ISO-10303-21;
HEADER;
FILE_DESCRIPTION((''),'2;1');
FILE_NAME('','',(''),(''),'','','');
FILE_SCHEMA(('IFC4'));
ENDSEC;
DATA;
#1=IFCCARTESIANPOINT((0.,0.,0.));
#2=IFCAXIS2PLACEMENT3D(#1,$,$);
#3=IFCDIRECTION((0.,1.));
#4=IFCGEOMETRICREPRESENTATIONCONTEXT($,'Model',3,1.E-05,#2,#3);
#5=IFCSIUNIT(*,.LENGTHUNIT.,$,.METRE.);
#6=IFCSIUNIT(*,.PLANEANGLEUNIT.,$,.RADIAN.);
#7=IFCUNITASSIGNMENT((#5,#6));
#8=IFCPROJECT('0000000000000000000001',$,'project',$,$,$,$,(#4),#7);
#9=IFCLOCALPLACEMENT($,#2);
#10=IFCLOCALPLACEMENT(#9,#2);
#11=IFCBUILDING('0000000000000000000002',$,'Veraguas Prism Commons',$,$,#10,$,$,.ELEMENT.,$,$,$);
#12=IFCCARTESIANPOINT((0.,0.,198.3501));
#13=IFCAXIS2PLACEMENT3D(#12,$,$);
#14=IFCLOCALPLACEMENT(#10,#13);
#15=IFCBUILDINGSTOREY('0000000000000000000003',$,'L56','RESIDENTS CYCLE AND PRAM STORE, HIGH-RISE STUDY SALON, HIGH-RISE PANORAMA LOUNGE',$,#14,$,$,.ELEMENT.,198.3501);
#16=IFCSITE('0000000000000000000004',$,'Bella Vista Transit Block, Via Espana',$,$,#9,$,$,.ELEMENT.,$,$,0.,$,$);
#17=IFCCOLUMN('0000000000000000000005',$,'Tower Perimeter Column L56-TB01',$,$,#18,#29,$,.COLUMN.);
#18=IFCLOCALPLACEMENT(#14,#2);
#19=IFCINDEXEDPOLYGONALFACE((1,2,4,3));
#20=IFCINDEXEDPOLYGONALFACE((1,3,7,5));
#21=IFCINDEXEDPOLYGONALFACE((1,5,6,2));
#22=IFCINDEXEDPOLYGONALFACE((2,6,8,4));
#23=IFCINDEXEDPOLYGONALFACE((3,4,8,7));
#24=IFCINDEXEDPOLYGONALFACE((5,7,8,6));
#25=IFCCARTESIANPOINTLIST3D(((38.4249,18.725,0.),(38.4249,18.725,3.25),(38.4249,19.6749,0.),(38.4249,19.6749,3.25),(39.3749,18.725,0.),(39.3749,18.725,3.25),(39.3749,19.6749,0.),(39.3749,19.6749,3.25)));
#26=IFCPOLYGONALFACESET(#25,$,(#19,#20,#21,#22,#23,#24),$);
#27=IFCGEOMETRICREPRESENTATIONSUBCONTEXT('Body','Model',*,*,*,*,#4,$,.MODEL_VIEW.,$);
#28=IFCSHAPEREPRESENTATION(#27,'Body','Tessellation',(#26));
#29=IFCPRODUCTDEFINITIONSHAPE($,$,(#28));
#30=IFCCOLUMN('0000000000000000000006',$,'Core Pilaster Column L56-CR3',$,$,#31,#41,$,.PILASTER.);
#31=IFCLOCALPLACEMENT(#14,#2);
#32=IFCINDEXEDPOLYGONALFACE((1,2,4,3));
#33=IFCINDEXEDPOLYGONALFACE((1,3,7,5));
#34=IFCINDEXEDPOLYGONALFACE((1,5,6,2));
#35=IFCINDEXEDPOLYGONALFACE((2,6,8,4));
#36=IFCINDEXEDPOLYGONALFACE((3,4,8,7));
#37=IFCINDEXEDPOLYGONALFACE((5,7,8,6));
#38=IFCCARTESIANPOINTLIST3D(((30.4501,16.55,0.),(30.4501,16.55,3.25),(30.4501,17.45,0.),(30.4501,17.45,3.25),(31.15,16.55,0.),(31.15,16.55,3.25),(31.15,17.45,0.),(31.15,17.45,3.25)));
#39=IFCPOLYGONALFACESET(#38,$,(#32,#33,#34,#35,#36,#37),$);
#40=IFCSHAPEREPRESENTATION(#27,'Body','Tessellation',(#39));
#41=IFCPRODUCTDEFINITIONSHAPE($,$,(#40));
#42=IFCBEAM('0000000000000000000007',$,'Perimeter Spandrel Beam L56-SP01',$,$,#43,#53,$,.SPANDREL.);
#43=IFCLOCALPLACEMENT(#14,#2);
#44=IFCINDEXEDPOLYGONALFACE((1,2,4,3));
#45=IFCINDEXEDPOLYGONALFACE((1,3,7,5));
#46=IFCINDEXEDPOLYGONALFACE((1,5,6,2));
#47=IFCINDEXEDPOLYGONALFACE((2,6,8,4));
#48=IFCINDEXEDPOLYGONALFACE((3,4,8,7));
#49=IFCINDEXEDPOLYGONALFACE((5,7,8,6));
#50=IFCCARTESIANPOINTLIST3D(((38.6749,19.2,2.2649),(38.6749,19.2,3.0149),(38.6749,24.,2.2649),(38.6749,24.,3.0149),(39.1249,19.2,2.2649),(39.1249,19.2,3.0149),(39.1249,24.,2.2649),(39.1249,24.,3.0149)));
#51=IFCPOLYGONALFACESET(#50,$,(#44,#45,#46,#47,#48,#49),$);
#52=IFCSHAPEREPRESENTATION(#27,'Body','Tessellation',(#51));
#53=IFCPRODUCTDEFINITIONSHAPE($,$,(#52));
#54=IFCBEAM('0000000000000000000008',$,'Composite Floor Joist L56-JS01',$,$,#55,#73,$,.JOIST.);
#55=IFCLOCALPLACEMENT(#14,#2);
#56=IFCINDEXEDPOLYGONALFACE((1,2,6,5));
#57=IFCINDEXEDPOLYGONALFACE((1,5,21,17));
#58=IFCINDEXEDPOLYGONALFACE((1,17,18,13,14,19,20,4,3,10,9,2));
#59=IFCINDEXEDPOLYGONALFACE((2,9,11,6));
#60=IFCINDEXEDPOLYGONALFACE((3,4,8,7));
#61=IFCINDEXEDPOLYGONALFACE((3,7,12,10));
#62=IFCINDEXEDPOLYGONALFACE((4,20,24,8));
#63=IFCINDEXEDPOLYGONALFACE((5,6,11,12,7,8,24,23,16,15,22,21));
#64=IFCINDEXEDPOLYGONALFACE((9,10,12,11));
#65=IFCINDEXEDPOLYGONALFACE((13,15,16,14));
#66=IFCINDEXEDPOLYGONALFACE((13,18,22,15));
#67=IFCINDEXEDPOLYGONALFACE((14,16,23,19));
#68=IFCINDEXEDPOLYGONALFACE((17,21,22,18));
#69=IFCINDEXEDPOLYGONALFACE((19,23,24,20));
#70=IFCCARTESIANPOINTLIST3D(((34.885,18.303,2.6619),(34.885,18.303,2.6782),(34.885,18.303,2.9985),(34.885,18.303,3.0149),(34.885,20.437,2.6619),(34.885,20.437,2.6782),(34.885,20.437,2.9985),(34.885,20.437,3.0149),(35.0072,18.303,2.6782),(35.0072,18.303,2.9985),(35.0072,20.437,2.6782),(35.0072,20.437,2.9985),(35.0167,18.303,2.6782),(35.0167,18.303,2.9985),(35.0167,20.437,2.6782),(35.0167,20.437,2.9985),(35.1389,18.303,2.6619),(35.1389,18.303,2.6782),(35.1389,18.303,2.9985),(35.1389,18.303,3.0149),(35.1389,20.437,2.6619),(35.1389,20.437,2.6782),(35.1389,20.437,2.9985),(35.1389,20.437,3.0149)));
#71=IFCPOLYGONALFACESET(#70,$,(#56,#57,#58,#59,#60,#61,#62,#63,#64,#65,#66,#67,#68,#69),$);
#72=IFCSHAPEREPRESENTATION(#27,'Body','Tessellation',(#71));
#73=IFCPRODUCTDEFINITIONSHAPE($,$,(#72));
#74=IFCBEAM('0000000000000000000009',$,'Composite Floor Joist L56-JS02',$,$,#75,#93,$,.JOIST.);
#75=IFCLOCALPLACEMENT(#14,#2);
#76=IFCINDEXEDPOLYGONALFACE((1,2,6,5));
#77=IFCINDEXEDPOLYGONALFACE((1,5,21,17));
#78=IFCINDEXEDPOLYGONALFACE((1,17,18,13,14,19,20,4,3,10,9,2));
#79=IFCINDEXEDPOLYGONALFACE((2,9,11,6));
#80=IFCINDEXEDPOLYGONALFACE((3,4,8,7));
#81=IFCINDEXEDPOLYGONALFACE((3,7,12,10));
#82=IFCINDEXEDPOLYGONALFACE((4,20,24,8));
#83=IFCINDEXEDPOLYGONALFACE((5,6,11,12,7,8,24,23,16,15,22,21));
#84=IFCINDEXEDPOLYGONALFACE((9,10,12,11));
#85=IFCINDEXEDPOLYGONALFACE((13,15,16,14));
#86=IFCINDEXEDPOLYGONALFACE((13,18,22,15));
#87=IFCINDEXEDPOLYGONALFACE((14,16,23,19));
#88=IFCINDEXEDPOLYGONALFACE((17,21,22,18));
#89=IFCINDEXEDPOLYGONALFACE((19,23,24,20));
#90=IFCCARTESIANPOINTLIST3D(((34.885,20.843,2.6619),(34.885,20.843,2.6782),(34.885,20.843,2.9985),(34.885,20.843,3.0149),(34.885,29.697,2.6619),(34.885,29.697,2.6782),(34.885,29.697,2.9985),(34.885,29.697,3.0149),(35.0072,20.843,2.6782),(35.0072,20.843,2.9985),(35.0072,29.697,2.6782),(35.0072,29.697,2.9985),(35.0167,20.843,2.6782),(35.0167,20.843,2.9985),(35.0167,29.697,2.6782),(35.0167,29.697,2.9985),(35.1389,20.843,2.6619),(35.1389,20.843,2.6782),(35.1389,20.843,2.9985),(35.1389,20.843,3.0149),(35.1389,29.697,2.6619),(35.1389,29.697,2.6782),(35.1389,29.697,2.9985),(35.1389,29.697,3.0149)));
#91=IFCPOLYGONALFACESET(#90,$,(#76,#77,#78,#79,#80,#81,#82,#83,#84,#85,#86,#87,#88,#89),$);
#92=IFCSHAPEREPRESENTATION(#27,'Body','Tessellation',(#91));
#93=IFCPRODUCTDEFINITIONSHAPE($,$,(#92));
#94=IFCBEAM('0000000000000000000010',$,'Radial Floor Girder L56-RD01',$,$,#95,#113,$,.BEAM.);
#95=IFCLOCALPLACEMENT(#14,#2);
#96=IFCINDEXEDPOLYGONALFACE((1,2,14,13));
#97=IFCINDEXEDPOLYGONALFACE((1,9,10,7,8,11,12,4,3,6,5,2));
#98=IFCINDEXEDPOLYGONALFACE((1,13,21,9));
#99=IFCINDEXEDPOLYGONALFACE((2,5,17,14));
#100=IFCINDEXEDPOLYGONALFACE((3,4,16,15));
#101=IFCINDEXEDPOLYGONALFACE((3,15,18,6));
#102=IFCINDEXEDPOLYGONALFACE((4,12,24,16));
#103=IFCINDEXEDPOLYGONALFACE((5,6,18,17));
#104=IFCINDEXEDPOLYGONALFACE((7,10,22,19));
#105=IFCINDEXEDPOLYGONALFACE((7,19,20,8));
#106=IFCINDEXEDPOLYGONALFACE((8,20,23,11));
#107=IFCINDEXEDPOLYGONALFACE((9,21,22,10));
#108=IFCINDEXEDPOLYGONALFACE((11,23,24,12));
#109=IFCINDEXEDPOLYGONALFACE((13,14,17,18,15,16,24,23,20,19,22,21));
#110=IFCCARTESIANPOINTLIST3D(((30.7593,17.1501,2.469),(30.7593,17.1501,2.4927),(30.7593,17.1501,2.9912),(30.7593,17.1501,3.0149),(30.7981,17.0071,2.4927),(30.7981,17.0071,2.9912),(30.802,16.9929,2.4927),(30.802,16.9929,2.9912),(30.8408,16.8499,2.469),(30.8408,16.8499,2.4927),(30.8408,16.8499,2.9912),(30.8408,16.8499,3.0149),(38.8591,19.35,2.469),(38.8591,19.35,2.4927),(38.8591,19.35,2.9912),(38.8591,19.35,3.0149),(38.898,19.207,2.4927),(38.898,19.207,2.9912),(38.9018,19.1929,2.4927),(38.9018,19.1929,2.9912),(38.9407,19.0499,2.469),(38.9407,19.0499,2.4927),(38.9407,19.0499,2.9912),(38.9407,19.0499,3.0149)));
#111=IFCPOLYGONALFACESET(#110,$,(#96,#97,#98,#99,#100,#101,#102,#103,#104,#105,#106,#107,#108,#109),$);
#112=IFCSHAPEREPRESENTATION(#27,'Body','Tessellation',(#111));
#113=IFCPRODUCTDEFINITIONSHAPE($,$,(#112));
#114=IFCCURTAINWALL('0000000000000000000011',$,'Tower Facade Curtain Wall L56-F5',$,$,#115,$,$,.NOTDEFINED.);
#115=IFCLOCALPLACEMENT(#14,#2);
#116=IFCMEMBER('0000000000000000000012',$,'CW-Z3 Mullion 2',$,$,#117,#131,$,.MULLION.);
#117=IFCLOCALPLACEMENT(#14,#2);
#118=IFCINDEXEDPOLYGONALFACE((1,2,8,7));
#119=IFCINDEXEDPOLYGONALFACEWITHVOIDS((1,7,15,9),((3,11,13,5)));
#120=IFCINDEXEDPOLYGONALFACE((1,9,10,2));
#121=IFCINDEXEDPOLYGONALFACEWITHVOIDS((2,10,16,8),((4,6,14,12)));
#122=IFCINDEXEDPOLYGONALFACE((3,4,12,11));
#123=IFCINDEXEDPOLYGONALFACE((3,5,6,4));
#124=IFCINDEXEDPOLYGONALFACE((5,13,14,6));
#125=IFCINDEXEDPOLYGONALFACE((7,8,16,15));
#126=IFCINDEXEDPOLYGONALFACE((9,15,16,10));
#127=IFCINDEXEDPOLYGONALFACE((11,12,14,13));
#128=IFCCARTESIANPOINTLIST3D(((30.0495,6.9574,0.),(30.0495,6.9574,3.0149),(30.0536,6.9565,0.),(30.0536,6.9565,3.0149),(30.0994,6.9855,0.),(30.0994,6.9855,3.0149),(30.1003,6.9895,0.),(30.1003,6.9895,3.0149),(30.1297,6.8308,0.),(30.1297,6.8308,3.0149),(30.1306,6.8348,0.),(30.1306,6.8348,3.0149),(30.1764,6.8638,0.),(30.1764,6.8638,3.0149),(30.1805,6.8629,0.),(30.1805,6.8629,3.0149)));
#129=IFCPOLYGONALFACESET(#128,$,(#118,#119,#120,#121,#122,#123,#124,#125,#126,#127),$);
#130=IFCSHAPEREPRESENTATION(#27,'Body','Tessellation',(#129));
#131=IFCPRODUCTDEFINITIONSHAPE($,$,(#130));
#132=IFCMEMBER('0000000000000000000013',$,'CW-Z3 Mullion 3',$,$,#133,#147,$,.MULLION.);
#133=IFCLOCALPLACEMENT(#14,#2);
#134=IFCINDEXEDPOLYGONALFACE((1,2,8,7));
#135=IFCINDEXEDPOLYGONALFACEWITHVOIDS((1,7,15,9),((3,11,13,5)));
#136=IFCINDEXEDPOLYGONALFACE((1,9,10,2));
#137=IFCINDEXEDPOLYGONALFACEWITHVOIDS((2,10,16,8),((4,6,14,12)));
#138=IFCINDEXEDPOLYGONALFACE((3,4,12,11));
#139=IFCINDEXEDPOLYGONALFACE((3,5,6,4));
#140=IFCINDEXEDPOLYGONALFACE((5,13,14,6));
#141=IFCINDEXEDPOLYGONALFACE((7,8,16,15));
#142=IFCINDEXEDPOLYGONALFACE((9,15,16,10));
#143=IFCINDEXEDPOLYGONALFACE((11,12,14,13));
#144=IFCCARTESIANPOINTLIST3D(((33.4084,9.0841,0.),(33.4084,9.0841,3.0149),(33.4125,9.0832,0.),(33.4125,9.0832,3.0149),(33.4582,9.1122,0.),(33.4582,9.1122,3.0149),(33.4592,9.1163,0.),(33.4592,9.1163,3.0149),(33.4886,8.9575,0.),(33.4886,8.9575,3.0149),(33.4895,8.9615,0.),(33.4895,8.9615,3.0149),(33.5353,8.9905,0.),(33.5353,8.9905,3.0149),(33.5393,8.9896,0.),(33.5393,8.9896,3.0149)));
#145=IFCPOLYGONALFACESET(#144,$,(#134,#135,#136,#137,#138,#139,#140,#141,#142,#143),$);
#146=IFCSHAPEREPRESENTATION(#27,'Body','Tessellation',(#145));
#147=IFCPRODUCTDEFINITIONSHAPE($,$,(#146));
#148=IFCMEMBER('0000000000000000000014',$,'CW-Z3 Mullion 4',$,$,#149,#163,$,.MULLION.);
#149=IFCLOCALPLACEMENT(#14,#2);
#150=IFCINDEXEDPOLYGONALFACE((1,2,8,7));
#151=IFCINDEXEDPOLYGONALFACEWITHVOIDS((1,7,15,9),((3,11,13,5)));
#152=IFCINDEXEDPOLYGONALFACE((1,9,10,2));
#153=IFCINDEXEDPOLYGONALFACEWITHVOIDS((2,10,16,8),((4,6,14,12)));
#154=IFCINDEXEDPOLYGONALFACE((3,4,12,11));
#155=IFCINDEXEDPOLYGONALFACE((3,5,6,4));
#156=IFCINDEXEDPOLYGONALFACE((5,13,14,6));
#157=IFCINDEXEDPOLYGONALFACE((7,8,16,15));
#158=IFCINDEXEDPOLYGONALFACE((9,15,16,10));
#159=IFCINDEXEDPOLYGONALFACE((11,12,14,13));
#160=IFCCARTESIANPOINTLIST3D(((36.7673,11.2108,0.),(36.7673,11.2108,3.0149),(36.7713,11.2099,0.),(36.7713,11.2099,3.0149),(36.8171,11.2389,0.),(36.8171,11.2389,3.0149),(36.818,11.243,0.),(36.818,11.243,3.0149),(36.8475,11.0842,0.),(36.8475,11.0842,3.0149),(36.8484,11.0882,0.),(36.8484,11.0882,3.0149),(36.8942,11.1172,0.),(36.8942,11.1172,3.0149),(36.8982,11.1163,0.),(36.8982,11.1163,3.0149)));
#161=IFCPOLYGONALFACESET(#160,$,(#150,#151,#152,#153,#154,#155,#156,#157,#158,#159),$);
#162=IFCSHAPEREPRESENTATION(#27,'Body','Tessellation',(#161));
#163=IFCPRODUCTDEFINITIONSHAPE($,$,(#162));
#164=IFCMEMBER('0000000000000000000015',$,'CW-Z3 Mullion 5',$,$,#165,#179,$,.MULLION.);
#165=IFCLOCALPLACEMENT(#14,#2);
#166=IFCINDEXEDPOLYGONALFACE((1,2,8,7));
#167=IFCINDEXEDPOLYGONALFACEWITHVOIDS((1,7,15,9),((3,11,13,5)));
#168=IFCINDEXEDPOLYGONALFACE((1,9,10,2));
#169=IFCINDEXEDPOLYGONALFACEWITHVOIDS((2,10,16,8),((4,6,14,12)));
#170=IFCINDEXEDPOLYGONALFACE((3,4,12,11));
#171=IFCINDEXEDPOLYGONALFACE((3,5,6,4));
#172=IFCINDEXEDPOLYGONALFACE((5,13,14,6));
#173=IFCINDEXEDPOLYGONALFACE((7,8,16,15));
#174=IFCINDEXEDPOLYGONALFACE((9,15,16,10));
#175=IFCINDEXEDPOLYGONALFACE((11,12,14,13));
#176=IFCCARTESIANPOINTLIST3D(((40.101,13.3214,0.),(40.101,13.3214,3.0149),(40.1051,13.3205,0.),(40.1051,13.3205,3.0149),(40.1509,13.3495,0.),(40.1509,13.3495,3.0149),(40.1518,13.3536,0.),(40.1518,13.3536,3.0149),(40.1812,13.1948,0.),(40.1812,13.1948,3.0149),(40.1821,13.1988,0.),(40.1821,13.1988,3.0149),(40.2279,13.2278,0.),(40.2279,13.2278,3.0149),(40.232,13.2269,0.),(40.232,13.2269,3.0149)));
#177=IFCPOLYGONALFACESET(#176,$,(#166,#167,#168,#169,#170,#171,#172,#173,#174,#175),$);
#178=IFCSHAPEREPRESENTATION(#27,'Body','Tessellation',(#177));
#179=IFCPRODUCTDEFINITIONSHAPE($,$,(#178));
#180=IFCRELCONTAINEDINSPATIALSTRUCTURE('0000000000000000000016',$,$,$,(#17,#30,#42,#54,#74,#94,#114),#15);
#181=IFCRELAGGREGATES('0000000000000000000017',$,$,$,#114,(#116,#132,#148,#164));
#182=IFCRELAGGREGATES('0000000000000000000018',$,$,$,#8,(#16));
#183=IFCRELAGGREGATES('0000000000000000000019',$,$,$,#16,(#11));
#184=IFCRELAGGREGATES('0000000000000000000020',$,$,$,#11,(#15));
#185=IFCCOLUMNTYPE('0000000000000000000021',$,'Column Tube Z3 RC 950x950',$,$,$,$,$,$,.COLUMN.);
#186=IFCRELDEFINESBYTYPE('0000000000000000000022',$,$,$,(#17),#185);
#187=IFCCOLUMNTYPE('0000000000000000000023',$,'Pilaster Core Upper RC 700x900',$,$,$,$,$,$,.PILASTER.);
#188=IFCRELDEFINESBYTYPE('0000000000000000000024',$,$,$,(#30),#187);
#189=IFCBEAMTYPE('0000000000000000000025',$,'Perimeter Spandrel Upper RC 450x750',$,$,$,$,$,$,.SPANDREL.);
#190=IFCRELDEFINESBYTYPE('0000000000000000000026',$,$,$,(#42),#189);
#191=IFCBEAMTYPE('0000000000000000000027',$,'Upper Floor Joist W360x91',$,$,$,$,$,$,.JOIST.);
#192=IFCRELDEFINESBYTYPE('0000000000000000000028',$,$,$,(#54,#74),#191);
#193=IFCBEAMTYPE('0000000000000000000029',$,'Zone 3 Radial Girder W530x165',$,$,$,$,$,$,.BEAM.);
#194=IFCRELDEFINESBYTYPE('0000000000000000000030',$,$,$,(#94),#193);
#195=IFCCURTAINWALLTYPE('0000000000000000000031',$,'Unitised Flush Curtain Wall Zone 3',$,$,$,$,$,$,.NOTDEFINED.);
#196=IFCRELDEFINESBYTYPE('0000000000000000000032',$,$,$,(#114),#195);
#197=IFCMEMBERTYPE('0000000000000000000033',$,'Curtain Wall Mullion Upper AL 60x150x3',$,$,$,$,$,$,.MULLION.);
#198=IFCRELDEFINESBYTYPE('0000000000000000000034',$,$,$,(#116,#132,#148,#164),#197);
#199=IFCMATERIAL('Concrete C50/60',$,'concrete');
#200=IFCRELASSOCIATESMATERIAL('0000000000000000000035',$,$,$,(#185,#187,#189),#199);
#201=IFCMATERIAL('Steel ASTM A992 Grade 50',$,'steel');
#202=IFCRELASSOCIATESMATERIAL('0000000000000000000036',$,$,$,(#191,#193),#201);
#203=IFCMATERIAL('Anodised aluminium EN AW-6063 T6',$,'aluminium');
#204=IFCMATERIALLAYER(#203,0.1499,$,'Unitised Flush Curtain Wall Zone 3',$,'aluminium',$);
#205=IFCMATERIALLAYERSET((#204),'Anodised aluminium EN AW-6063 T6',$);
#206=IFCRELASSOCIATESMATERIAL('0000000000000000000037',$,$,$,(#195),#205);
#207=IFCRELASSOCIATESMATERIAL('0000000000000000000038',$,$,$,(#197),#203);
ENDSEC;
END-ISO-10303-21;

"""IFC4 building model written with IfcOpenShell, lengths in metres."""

from ifc_helpers import new_model, si_unit, direction, frame, origin, origin_2d, place, context, subcontext, project, spatial, rectangle, hollow_rectangle, i_section, extrude, source, transform, mapped, material, layer, layer_set, material_profile, profile_set, type_object, element, aggregate, save


model = new_model("IFC4")

# Units and contexts
model_context = context("Model", 3, precision=1e-05, world=origin(), true_north=direction((0.0, 1.0)))
body_context = subcontext(model_context, "Body", "Model", "MODEL_VIEW")
ifc_project = project(units=[si_unit("LENGTHUNIT", "METRE"), si_unit("PLANEANGLEUNIT", "RADIAN")], contexts=[model_context])

# Site, building, storey
site_placement = place(None, origin())
site = spatial("IfcSite", under=ifc_project, at=site_placement, Name="Bella Vista Transit Block, Via Espana", CompositionType="ELEMENT", RefElevation=0.0)
building_placement = place(site_placement, origin())
building = spatial("IfcBuilding", under=site, at=building_placement, Name="Veraguas Prism Commons", CompositionType="ELEMENT")
storey_placement = place(building_placement, frame((0.0, 0.0, 198.3501)))
storey = spatial("IfcBuildingStorey", under=building, at=storey_placement, Name="L56", Description="RESIDENTS CYCLE AND PRAM STORE, HIGH-RISE STUDY SALON, HIGH-RISE PANORAMA LOUNGE", CompositionType="ELEMENT", Elevation=198.3501)

# Columns
ifc_material_1 = material(Name="Concrete C50/60", Category="concrete")
ifc_material_profile_1 = material_profile(ifc_material_1, rectangle(XDim=0.95, YDim=0.95, at=origin_2d()), Name="RC950X950")
ifc_profile_set_1 = profile_set([ifc_material_profile_1], Name="Concrete C50/60")
column_type_1 = type_object("IfcColumnType", Name="Column Tube Z3 RC 950x950", PredefinedType="COLUMN", material=ifc_profile_set_1)
column_1_placement = place(storey_placement, frame((38.8999, 19.2, 0.0), z_axis=(0.0, 0.0, 1.0), x_axis=(1.0, 0.0, 0.0)))
element("IfcColumn", 1, at=column_1_placement, inside=storey, type_object=column_type_1, Name="Tower Perimeter Column L56-TB01", PredefinedType="COLUMN", context=body_context, shape_type="SweptSolid", body=[
    extrude(rectangle(XDim=0.95, YDim=0.95, at=origin_2d()), origin(), (0.0, 0.0, 1.0), 3.25),
])
ifc_material_profile_2 = material_profile(ifc_material_1, rectangle(XDim=0.7, YDim=0.8999, at=origin_2d()), Name="RC700X900")
ifc_profile_set_2 = profile_set([ifc_material_profile_2], Name="Concrete C50/60")
column_type_2 = type_object("IfcColumnType", Name="Pilaster Core Upper RC 700x900", PredefinedType="PILASTER", material=ifc_profile_set_2)
column_2_placement = place(storey_placement, frame((30.8, 17.0, 0.0), z_axis=(0.0, 0.0, 1.0), x_axis=(1.0, 0.0, 0.0)))
element("IfcColumn", 2, at=column_2_placement, inside=storey, type_object=column_type_2, Name="Core Pilaster Column L56-CR3", PredefinedType="PILASTER", context=body_context, shape_type="SweptSolid", body=[
    extrude(rectangle(XDim=0.7, YDim=0.8999, at=origin_2d()), origin(), (0.0, 0.0, 1.0), 3.25),
])

# Beams
ifc_material_profile_3 = material_profile(ifc_material_1, rectangle(XDim=0.45, YDim=0.75, at=origin_2d()), Name="RC450X750")
ifc_profile_set_3 = profile_set([ifc_material_profile_3], Name="Concrete C50/60")
beam_type_1 = type_object("IfcBeamType", Name="Perimeter Spandrel Upper RC 450x750", PredefinedType="SPANDREL", material=ifc_profile_set_3)
beam_1_placement = place(storey_placement, frame((38.8999, 19.2, 2.6399), z_axis=(0.0, 1.0, 0.0), x_axis=(-1.0, 0.0, 0.0)))
element("IfcBeam", 3, at=beam_1_placement, inside=storey, type_object=beam_type_1, Name="Perimeter Spandrel Beam L56-SP01", PredefinedType="SPANDREL", context=body_context, shape_type="SweptSolid", body=[
    extrude(rectangle(XDim=0.45, YDim=0.75, at=origin_2d()), origin(), (0.0, 0.0, 1.0), 4.8),
])
ifc_material_2 = material(Name="Steel ASTM A992 Grade 50", Category="steel")
ifc_material_profile_4 = material_profile(ifc_material_2, i_section(OverallWidth=0.2539, OverallDepth=0.353, WebThickness=0.0095, FlangeThickness=0.0164, at=origin_2d()), Name="W360X91")
ifc_profile_set_4 = profile_set([ifc_material_profile_4], Name="Steel ASTM A992 Grade 50")
beam_type_2 = type_object("IfcBeamType", Name="Upper Floor Joist W360x91", PredefinedType="JOIST", material=ifc_profile_set_4)
beam_2_placement = place(storey_placement, frame((35.012, 18.303, 2.8384), z_axis=(0.0, 1.0, 0.0), x_axis=(-1.0, 0.0, 0.0)))
element("IfcBeam", 4, at=beam_2_placement, inside=storey, type_object=beam_type_2, Name="Composite Floor Joist L56-JS01", PredefinedType="JOIST", context=body_context, shape_type="SweptSolid", body=[
    extrude(i_section(OverallWidth=0.2539, OverallDepth=0.353, WebThickness=0.0095, FlangeThickness=0.0164, at=origin_2d()), origin(), (0.0, 0.0, 1.0), 2.134),
])
beam_3_placement = place(storey_placement, frame((35.012, 20.843, 2.8384), z_axis=(0.0, 1.0, 0.0), x_axis=(-1.0, 0.0, 0.0)))
element("IfcBeam", 5, at=beam_3_placement, inside=storey, type_object=beam_type_2, Name="Composite Floor Joist L56-JS02", PredefinedType="JOIST", context=body_context, shape_type="SweptSolid", body=[
    extrude(i_section(OverallWidth=0.2539, OverallDepth=0.353, WebThickness=0.0095, FlangeThickness=0.0164, at=origin_2d()), origin(), (0.0, 0.0, 1.0), 8.854),
])
ifc_material_profile_5 = material_profile(ifc_material_2, i_section(OverallWidth=0.311, OverallDepth=0.5459, WebThickness=0.0146, FlangeThickness=0.0237, at=origin_2d()), Name="W530X165")
ifc_profile_set_5 = profile_set([ifc_material_profile_5], Name="Steel ASTM A992 Grade 50")
beam_type_3 = type_object("IfcBeamType", Name="Zone 3 Radial Girder W530x165", PredefinedType="BEAM", material=ifc_profile_set_5)
beam_4_placement = place(storey_placement, frame((38.8999, 19.2, 2.7419), z_axis=(-0.965039, -0.262108, 0.0), x_axis=(0.262108, -0.965039, 0.0)))
element("IfcBeam", 6, at=beam_4_placement, inside=storey, type_object=beam_type_3, Name="Radial Floor Girder L56-RD01", PredefinedType="BEAM", context=body_context, shape_type="SweptSolid", body=[
    extrude(i_section(OverallWidth=0.311, OverallDepth=0.5459, WebThickness=0.0146, FlangeThickness=0.0237, at=origin_2d()), origin(), (0.0, 0.0, 1.0), 8.3933),
])

# Curtain wall, members
ifc_material_3 = material(Name="Anodised aluminium EN AW-6063 T6", Category="aluminium")
ifc_layer_1 = layer(ifc_material_3, 0.1499, Name="Unitised Flush Curtain Wall Zone 3", Category="aluminium")
ifc_layer_set_1 = layer_set([ifc_layer_1], Name="Anodised aluminium EN AW-6063 T6")
curtain_wall_type = type_object("IfcCurtainWallType", Name="Unitised Flush Curtain Wall Zone 3", PredefinedType="NOTDEFINED", material=ifc_layer_set_1)
curtain_wall_1_placement = place(storey_placement, origin())
curtain_wall_1 = element("IfcCurtainWall", 7, at=curtain_wall_1_placement, inside=storey, type_object=curtain_wall_type, Name="Tower Facade Curtain Wall L56-F5", PredefinedType="NOTDEFINED")
ifc_material_profile_6 = material_profile(ifc_material_3, hollow_rectangle(XDim=0.0601, YDim=0.1499, WallThickness=0.0029, at=origin_2d()), Name="AL60X150X3")
ifc_profile_set_6 = profile_set([ifc_material_profile_6], Name="Anodised aluminium EN AW-6063 T6")
member_type_1 = type_object("IfcMemberType", Name="Curtain Wall Mullion Upper AL 60x150x3", PredefinedType="MULLION", material=ifc_profile_set_6)
shared_shape_1 = source(origin(), body_context, "Body", "SweptSolid", [
    extrude(hollow_rectangle(XDim=0.0601, YDim=0.1499, WallThickness=0.0029, at=origin_2d()), origin(), (0.0, 0.0, 1.0), 3.0149),
])
member_1_placement = place(storey_placement, frame((30.115, 6.9102, 0.0), z_axis=(0.0, 0.0, 1.0), x_axis=(0.844887, 0.534945, 0.0)))
member_1 = element("IfcMember", 8, at=member_1_placement, type_object=member_type_1, Name="CW-Z3 Mullion 2", PredefinedType="MULLION", context=body_context, shape_type="MappedRepresentation", body=[
    mapped(shared_shape_1, transform((0.0, 0.0, 0.0), scale=1.0)),
])
member_2_placement = place(storey_placement, frame((33.4739, 9.0369, 0.0), z_axis=(0.0, 0.0, 1.0), x_axis=(0.844887, 0.534945, 0.0)))
member_2 = element("IfcMember", 9, at=member_2_placement, type_object=member_type_1, Name="CW-Z3 Mullion 3", PredefinedType="MULLION", context=body_context, shape_type="MappedRepresentation", body=[
    mapped(shared_shape_1, transform((0.0, 0.0, 0.0), scale=1.0)),
])
member_3_placement = place(storey_placement, frame((36.8328, 11.1636, 0.0), z_axis=(0.0, 0.0, 1.0), x_axis=(0.844887, 0.534945, 0.0)))
member_3 = element("IfcMember", 10, at=member_3_placement, type_object=member_type_1, Name="CW-Z3 Mullion 4", PredefinedType="MULLION", context=body_context, shape_type="MappedRepresentation", body=[
    mapped(shared_shape_1, transform((0.0, 0.0, 0.0), scale=1.0)),
])
member_4_placement = place(storey_placement, frame((40.1665, 13.2742, 0.0), z_axis=(0.0, 0.0, 1.0), x_axis=(0.844887, 0.534945, 0.0)))
member_4 = element("IfcMember", 11, at=member_4_placement, type_object=member_type_1, Name="CW-Z3 Mullion 5", PredefinedType="MULLION", context=body_context, shape_type="MappedRepresentation", body=[
    mapped(shared_shape_1, transform((0.0, 0.0, 0.0), scale=1.0)),
])

aggregate(curtain_wall_1, [member_1, member_2, member_3, member_4])

save(model, "model.ifc")
